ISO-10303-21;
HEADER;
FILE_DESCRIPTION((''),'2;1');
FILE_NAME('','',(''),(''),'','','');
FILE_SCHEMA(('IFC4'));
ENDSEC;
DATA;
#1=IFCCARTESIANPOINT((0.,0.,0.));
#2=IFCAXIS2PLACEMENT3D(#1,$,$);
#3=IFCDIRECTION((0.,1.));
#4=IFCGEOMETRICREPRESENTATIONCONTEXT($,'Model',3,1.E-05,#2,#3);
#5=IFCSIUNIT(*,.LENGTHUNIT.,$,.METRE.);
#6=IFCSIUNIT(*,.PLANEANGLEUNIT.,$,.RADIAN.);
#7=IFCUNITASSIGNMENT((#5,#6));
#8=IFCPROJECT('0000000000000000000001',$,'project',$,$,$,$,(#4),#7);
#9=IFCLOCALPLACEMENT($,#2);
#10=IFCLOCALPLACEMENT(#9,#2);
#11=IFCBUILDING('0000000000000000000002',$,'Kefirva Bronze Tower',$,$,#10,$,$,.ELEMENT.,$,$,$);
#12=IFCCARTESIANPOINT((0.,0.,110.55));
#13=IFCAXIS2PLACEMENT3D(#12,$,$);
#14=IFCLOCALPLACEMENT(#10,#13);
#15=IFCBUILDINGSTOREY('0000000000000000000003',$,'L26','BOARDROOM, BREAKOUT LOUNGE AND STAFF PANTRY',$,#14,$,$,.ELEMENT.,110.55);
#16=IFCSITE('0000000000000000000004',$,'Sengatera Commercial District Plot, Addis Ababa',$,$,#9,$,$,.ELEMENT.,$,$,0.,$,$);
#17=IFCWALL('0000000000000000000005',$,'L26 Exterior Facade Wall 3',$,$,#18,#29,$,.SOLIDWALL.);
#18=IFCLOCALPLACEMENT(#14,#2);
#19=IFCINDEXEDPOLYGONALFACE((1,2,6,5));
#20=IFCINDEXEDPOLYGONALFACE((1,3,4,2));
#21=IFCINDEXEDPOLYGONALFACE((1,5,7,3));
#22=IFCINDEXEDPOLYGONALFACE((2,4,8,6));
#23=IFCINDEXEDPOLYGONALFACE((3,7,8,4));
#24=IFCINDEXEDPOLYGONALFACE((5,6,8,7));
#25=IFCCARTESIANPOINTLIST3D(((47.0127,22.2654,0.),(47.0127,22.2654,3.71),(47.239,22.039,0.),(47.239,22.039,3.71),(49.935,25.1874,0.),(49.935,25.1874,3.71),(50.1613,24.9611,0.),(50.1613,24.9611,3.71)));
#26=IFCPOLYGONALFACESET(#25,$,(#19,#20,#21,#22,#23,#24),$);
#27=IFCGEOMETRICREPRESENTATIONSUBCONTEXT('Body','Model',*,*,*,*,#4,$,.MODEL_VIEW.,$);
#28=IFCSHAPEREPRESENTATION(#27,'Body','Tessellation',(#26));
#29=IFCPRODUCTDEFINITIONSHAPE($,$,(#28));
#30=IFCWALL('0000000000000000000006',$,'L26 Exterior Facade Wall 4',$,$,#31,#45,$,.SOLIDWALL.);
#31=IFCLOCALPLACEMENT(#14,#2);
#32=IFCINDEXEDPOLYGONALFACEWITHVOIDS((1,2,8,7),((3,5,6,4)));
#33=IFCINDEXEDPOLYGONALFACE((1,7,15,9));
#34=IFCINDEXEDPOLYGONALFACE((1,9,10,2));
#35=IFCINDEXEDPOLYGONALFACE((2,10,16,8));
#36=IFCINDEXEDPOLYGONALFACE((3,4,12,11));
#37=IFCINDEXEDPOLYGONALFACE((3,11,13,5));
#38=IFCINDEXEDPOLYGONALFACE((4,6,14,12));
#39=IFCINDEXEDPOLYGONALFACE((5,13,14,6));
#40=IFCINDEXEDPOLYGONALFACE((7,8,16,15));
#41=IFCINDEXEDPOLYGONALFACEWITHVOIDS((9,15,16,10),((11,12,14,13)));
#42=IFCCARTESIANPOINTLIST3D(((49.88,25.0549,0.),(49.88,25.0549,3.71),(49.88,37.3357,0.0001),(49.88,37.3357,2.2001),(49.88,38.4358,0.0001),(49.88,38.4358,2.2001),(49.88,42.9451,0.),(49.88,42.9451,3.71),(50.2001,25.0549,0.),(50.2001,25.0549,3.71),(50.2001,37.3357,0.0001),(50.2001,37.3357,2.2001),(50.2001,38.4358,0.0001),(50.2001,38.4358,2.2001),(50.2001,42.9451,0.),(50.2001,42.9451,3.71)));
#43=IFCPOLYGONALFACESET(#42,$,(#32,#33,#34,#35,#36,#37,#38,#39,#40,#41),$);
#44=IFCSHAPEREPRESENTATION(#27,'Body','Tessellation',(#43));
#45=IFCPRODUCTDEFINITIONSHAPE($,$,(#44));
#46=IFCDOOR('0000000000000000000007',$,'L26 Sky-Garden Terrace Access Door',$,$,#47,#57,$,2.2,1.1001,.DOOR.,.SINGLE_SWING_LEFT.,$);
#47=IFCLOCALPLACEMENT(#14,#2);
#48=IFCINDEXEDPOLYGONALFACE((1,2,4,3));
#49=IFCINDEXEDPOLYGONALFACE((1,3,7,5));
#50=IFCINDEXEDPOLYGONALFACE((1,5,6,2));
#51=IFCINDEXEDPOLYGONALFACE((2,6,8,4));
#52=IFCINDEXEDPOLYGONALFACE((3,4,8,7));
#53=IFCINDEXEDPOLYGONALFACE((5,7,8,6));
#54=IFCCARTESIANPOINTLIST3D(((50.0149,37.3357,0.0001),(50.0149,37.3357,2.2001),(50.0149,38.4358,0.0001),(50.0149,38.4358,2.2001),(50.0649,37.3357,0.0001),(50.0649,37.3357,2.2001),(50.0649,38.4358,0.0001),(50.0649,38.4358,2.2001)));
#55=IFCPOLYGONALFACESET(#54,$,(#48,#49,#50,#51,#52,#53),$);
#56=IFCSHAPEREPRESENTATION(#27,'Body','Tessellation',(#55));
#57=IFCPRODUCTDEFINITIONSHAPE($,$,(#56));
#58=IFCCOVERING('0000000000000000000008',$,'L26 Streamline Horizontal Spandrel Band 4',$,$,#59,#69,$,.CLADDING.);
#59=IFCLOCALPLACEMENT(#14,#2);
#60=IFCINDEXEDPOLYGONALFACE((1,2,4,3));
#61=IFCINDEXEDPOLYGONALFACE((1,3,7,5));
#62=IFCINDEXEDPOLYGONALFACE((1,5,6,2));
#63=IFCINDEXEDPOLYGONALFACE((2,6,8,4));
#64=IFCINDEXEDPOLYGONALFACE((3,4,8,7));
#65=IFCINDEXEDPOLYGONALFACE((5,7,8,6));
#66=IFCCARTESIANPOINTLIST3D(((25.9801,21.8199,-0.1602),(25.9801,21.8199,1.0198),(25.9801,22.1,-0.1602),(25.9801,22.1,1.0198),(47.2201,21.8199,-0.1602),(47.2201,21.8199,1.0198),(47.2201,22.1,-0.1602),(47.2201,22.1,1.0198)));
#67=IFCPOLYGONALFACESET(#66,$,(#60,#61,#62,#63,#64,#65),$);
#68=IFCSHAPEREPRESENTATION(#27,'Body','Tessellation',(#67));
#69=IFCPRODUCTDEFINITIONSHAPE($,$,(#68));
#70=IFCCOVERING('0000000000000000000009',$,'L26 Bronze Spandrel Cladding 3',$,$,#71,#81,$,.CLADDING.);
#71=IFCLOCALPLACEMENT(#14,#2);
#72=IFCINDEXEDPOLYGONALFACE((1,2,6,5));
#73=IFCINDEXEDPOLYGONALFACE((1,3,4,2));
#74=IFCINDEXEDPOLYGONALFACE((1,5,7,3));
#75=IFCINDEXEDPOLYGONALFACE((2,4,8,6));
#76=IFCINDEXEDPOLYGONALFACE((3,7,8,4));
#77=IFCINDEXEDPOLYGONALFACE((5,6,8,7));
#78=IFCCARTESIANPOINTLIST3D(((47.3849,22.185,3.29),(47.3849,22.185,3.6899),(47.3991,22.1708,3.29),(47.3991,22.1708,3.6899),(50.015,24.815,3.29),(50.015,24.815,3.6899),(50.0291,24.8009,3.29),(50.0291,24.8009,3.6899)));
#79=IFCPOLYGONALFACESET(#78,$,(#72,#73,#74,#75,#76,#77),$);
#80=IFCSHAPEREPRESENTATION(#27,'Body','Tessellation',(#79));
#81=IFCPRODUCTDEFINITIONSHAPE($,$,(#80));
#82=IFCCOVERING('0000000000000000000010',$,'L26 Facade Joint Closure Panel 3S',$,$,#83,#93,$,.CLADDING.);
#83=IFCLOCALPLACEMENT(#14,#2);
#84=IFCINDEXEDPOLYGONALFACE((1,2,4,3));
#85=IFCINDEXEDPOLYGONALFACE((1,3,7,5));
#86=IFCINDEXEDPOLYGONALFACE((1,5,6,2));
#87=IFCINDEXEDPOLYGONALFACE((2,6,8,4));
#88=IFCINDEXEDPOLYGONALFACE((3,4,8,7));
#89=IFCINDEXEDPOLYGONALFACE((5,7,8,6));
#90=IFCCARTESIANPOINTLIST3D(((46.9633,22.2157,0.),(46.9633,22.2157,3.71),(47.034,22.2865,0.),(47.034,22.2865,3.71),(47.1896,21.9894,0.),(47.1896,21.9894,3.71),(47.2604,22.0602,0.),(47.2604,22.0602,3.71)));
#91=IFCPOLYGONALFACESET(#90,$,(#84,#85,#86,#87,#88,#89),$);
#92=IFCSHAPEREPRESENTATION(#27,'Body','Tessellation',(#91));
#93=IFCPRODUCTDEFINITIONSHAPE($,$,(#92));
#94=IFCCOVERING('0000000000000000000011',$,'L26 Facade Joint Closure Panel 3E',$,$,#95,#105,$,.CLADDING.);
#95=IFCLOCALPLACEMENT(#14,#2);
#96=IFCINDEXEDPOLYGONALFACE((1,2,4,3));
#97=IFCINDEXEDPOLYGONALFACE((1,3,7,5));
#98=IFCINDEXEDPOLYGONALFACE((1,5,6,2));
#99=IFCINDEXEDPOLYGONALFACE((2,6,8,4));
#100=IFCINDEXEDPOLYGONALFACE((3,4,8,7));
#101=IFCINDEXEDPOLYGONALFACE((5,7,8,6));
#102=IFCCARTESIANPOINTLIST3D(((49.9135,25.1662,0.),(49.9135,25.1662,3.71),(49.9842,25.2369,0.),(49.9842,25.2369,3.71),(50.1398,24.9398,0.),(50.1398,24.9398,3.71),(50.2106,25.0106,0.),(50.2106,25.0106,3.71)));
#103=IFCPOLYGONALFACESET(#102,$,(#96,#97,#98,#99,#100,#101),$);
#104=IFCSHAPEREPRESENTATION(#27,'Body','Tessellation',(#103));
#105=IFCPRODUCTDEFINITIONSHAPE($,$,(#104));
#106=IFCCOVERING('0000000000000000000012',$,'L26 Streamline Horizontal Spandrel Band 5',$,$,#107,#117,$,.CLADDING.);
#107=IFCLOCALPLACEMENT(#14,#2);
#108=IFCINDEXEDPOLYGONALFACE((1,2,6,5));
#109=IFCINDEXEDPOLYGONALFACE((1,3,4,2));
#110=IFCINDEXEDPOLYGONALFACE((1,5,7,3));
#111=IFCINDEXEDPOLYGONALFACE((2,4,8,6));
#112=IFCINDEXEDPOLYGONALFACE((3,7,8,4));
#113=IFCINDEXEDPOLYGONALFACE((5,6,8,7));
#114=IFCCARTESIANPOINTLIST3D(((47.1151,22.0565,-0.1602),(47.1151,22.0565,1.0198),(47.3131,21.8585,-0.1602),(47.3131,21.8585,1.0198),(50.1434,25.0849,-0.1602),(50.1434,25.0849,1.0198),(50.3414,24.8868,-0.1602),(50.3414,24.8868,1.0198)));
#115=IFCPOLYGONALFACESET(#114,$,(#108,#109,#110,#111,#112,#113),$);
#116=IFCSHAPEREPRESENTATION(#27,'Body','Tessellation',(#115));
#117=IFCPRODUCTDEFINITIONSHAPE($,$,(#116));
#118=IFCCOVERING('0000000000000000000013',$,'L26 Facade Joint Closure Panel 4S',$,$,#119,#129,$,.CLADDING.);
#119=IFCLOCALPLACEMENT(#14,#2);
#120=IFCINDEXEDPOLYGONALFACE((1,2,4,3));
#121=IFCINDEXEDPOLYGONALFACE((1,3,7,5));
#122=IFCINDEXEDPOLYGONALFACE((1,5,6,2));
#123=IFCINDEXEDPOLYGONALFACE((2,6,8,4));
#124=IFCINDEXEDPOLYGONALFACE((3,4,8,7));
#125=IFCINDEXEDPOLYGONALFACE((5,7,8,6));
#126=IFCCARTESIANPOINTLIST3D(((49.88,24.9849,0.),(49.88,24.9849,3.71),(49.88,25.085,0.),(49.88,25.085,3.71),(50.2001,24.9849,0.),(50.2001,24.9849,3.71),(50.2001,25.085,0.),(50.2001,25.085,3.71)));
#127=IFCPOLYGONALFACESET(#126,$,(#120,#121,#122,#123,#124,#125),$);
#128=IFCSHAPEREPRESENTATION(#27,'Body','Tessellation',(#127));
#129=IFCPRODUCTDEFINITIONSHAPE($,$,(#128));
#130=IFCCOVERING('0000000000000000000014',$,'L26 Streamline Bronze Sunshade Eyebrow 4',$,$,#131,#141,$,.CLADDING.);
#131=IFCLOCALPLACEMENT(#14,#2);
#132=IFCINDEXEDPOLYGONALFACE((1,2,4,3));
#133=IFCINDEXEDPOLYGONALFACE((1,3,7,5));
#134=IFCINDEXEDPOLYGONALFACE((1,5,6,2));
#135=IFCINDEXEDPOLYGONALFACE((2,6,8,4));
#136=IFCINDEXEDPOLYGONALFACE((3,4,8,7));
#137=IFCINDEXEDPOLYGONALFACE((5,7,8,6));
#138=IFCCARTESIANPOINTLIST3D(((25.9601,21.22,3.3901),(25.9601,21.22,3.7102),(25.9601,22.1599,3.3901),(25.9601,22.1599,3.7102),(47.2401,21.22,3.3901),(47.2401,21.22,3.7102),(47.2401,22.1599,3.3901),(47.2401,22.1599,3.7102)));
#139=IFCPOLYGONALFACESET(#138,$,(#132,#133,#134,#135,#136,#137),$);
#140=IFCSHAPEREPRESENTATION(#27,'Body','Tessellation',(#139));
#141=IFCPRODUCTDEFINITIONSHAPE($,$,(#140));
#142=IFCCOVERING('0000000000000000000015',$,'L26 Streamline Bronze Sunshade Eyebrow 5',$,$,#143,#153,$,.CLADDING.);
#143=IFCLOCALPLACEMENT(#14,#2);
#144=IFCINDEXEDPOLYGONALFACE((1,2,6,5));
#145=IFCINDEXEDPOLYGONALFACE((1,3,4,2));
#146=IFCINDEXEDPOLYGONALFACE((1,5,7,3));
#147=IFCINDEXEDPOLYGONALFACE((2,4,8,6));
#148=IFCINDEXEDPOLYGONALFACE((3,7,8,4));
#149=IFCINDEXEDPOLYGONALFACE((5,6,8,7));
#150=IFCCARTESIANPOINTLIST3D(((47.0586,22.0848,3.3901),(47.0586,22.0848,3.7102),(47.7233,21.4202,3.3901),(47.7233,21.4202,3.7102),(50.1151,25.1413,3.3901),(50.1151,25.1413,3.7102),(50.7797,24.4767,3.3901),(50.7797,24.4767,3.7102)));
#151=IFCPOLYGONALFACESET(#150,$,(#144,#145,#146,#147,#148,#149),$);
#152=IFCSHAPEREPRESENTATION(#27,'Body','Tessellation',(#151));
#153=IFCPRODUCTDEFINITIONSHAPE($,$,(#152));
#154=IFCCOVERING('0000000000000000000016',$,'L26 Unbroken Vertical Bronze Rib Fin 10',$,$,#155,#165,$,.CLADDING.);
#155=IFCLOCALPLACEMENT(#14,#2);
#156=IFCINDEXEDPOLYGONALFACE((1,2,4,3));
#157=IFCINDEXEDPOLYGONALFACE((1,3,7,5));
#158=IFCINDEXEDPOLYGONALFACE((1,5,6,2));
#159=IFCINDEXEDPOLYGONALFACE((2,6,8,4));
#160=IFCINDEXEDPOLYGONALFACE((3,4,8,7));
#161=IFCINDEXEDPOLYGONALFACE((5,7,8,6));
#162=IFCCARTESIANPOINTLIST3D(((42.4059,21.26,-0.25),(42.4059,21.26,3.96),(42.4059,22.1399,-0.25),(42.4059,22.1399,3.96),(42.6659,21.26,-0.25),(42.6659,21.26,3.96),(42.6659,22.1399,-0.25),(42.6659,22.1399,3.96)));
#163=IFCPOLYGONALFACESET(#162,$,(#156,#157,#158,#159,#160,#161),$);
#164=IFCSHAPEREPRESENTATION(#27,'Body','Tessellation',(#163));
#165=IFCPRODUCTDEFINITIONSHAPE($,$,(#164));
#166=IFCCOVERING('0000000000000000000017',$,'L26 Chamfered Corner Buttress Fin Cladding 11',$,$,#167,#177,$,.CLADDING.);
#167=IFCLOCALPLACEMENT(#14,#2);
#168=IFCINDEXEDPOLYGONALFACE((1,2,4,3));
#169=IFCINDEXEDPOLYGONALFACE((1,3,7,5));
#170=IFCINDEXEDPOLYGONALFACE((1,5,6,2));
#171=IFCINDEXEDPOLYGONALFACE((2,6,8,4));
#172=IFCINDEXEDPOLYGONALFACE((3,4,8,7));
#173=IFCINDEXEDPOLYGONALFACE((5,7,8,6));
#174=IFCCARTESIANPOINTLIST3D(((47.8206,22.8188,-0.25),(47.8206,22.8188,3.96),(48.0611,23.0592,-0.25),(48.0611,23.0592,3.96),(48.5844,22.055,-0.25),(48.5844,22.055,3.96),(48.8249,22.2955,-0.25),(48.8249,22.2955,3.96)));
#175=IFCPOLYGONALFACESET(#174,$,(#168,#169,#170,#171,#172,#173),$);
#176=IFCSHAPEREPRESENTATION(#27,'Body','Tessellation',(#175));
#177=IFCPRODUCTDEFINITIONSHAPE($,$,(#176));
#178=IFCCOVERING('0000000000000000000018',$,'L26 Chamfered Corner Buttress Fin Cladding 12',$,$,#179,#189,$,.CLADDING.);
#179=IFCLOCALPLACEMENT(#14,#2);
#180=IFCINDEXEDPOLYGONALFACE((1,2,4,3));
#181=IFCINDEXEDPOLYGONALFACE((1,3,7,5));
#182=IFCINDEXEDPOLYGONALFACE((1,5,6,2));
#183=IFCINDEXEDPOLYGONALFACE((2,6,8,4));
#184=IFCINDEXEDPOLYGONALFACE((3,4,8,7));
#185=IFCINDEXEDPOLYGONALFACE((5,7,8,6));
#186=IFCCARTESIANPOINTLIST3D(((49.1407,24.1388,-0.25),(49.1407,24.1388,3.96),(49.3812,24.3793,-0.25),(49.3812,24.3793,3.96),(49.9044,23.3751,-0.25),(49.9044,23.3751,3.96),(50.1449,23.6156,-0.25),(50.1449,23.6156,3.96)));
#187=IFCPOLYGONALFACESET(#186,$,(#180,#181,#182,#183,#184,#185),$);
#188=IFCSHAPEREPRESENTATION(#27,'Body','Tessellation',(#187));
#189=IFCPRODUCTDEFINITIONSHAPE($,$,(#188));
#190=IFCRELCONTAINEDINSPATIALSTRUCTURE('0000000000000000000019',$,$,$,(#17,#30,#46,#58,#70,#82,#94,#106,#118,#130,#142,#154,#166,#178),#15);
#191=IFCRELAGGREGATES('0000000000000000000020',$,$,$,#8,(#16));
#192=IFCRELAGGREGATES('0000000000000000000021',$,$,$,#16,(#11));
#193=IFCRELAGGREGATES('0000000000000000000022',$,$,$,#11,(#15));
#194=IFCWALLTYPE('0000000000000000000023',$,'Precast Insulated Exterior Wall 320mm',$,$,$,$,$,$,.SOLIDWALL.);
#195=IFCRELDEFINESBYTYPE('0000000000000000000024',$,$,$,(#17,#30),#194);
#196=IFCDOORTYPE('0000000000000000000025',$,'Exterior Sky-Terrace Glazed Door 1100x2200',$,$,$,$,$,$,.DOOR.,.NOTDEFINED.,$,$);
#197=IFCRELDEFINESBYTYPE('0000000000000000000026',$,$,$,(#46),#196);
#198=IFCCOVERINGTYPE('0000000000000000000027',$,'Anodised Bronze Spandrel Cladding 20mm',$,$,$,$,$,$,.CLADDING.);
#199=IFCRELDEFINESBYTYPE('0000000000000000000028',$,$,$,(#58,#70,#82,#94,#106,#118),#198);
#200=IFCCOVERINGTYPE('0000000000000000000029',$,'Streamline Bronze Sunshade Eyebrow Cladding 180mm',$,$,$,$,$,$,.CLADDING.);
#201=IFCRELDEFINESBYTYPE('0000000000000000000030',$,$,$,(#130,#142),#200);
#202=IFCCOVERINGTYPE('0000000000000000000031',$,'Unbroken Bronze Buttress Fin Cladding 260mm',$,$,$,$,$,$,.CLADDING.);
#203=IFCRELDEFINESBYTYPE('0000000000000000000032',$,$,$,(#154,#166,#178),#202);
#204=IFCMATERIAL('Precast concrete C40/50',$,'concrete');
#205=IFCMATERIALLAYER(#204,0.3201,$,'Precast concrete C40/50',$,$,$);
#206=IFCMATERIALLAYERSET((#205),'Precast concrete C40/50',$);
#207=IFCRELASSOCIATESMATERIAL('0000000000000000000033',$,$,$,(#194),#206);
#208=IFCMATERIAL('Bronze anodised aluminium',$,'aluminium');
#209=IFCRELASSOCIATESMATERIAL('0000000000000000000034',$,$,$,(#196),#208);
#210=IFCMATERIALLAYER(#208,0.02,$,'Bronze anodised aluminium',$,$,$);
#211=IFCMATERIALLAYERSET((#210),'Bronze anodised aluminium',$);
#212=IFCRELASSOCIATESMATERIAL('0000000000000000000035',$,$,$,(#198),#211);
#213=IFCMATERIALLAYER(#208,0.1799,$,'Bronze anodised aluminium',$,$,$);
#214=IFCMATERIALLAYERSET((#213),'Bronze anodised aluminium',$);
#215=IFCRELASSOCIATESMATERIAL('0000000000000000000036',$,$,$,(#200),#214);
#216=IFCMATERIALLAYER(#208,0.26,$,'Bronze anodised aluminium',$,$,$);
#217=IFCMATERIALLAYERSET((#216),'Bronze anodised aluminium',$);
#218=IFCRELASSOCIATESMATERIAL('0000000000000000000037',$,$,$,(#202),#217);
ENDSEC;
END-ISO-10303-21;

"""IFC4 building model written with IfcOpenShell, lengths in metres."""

from ifc_helpers import new_model, si_unit, direction, frame, frame_2d, origin, origin_2d, place, context, subcontext, project, spatial, rectangle, extrude, material, layer, layer_set, type_object, element, fill, save


model = new_model("IFC4")

# Units and contexts
model_context = context("Model", 3, precision=1e-05, world=origin(), true_north=direction((0.0, 1.0)))
body_context = subcontext(model_context, "Body", "Model", "MODEL_VIEW")
ifc_project = project(units=[si_unit("LENGTHUNIT", "METRE"), si_unit("PLANEANGLEUNIT", "RADIAN")], contexts=[model_context])

# Site, building, storey
site_placement = place(None, origin())
site = spatial("IfcSite", under=ifc_project, at=site_placement, Name="Sengatera Commercial District Plot, Addis Ababa", CompositionType="ELEMENT", RefElevation=0.0)
building_placement = place(site_placement, origin())
building = spatial("IfcBuilding", under=site, at=building_placement, Name="Kefirva Bronze Tower", CompositionType="ELEMENT")
storey_placement = place(building_placement, frame((0.0, 0.0, 110.55)))
storey = spatial("IfcBuildingStorey", under=building, at=storey_placement, Name="L26", Description="BOARDROOM, BREAKOUT LOUNGE AND STAFF PANTRY", CompositionType="ELEMENT", Elevation=110.55)

# Shared definitions
ifc_material_1 = material(Name="Bronze anodised aluminium", Category="aluminium")

# Wall
ifc_material_2 = material(Name="Precast concrete C40/50", Category="concrete")
ifc_layer_1 = layer(ifc_material_2, 0.3201, Name="Precast concrete C40/50")
ifc_layer_set_1 = layer_set([ifc_layer_1], Name="Precast concrete C40/50")
wall_type_1 = type_object("IfcWallType", Name="Precast Insulated Exterior Wall 320mm", PredefinedType="SOLIDWALL", material=ifc_layer_set_1)
wall_1_placement = place(storey_placement, frame((47.1257, 22.1521, 0.0), z_axis=(0.0, 0.0, 1.0), x_axis=(0.707136, 0.707077, 0.0)))
element("IfcWall", 1, at=wall_1_placement, inside=storey, type_object=wall_type_1, Name="L26 Exterior Facade Wall 3", PredefinedType="SOLIDWALL", context=body_context, shape_type="SweptSolid", body=[
    extrude(rectangle(XDim=4.1326, YDim=0.3201, at=frame_2d((2.0664, 0.0))), origin(), (0.0, 0.0, 1.0), 3.71),
])

# Wall, opening, door
wall_2_placement = place(storey_placement, frame((50.04, 25.0549, 0.0), z_axis=(0.0, 0.0, 1.0), x_axis=(0.0, 1.0, 0.0)))
wall_2 = element("IfcWall", 2, at=wall_2_placement, inside=storey, type_object=wall_type_1, Name="L26 Exterior Facade Wall 4", PredefinedType="SOLIDWALL", context=body_context, shape_type="SweptSolid", body=[
    extrude(rectangle(XDim=17.8901, YDim=0.3201, at=frame_2d((8.9451, 0.0))), origin(), (0.0, 0.0, 1.0), 3.71),
])
opening_placement = place(wall_2_placement, frame((13.3809, 0.0, 0.0), z_axis=(0.0, 0.0, 1.0), x_axis=(-1.0, 0.0, 0.0)))
opening = element("IfcOpeningElement", 3, at=opening_placement, cuts=wall_2, PredefinedType="OPENING", context=body_context, shape_type="SweptSolid", body=[
    extrude(rectangle(XDim=1.1001, YDim=2.2, at=frame_2d((0.55, 1.1001))), frame((0.0, 0.1699, 0.0), z_axis=(0.0, -1.0, 0.0), x_axis=(1.0, 0.0, 0.0)), (0.0, 0.0, 1.0), 0.3401),
])
door_type = type_object("IfcDoorType", Name="Exterior Sky-Terrace Glazed Door 1100x2200", OperationType="NOTDEFINED", PredefinedType="DOOR", material=ifc_material_1)
door_placement = place(opening_placement, origin())
door = element("IfcDoor", 4, at=door_placement, inside=storey, type_object=door_type, Name="L26 Sky-Garden Terrace Access Door", OperationType="SINGLE_SWING_LEFT", OverallHeight=2.2, OverallWidth=1.1001, PredefinedType="DOOR", context=body_context, shape_type="SweptSolid", body=[
    extrude(rectangle(XDim=1.1001, YDim=2.2, at=frame_2d((0.55, 1.1001))), frame((0.0, 0.0249, 0.0), z_axis=(0.0, -1.0, 0.0), x_axis=(1.0, 0.0, 0.0)), (0.0, 0.0, 1.0), 0.05),
])
fill(opening, door)

# Coverings
ifc_layer_2 = layer(ifc_material_1, 0.02, Name="Bronze anodised aluminium")
ifc_layer_set_2 = layer_set([ifc_layer_2], Name="Bronze anodised aluminium")
covering_type_1 = type_object("IfcCoveringType", Name="Anodised Bronze Spandrel Cladding 20mm", PredefinedType="CLADDING", material=ifc_layer_set_2)
covering_1_placement = place(storey_placement, frame((36.6001, 21.96, -0.1602), z_axis=(0.0, 0.0, 1.0), x_axis=(1.0, 0.0, 0.0)))
element("IfcCovering", 5, at=covering_1_placement, inside=storey, type_object=covering_type_1, Name="L26 Streamline Horizontal Spandrel Band 4", PredefinedType="CLADDING", context=body_context, shape_type="SweptSolid", body=[
    extrude(rectangle(XDim=21.24, YDim=0.28, at=origin_2d()), origin(), (0.0, 0.0, 1.0), 1.1799),
])
covering_2_placement = place(storey_placement, frame((48.707, 23.4929, 3.29), z_axis=(0.0, 0.0, 1.0), x_axis=(0.707107, 0.707107, 0.0)))
element("IfcCovering", 6, at=covering_2_placement, inside=storey, type_object=covering_type_1, Name="L26 Bronze Spandrel Cladding 3", PredefinedType="CLADDING", context=body_context, shape_type="SweptSolid", body=[
    extrude(rectangle(XDim=3.7195, YDim=0.02, at=origin_2d()), origin(), (0.0, 0.0, 1.0), 0.3999),
])
for number, where, z_axis, x_axis, name in (
    (7, (47.1118, 22.1379, 0.0), (0.0, 0.0, 1.0), (0.707107, 0.707107, 0.0), "L26 Facade Joint Closure Panel 3S"),
    (8, (50.062, 25.0884, 0.0), (0.0, 0.0, 1.0), (0.707107, 0.707107, 0.0), "L26 Facade Joint Closure Panel 3E"),
):
    element("IfcCovering", number, at=place(storey_placement, frame(where, z_axis=z_axis, x_axis=x_axis)), inside=storey, type_object=covering_type_1, Name=name, PredefinedType="CLADDING", context=body_context, shape_type="SweptSolid", body=[
        extrude(rectangle(XDim=0.1001, YDim=0.3201, at=origin_2d()), origin(), (0.0, 0.0, 1.0), 3.71),
    ])
covering_3_placement = place(storey_placement, frame((48.7283, 23.4717, -0.1602), z_axis=(0.0, 0.0, 1.0), x_axis=(0.707107, 0.707107, 0.0)))
element("IfcCovering", 9, at=covering_3_placement, inside=storey, type_object=covering_type_1, Name="L26 Streamline Horizontal Spandrel Band 5", PredefinedType="CLADDING", context=body_context, shape_type="SweptSolid", body=[
    extrude(rectangle(XDim=4.2827, YDim=0.28, at=origin_2d()), origin(), (0.0, 0.0, 1.0), 1.1799),
])
covering_4_placement = place(storey_placement, frame((50.04, 25.0349, 0.0), z_axis=(0.0, 0.0, 1.0), x_axis=(0.0, 1.0, 0.0)))
element("IfcCovering", 10, at=covering_4_placement, inside=storey, type_object=covering_type_1, Name="L26 Facade Joint Closure Panel 4S", PredefinedType="CLADDING", context=body_context, shape_type="SweptSolid", body=[
    extrude(rectangle(XDim=0.1001, YDim=0.3201, at=origin_2d()), origin(), (0.0, 0.0, 1.0), 3.71),
])

# Coverings
ifc_layer_3 = layer(ifc_material_1, 0.1799, Name="Bronze anodised aluminium")
ifc_layer_set_3 = layer_set([ifc_layer_3], Name="Bronze anodised aluminium")
covering_type_2 = type_object("IfcCoveringType", Name="Streamline Bronze Sunshade Eyebrow Cladding 180mm", PredefinedType="CLADDING", material=ifc_layer_set_3)
covering_5_placement = place(storey_placement, frame((36.6001, 21.6899, 3.3901), z_axis=(0.0, 0.0, 1.0), x_axis=(1.0, 0.0, 0.0)))
element("IfcCovering", 11, at=covering_5_placement, inside=storey, type_object=covering_type_2, Name="L26 Streamline Bronze Sunshade Eyebrow 4", PredefinedType="CLADDING", context=body_context, shape_type="SweptSolid", body=[
    extrude(rectangle(XDim=21.28, YDim=0.9399, at=origin_2d()), origin(), (0.0, 0.0, 1.0), 0.3201),
])
covering_6_placement = place(storey_placement, frame((48.9192, 23.2808, 3.3901), z_axis=(0.0, 0.0, 1.0), x_axis=(0.707107, 0.707107, 0.0)))
element("IfcCovering", 12, at=covering_6_placement, inside=storey, type_object=covering_type_2, Name="L26 Streamline Bronze Sunshade Eyebrow 5", PredefinedType="CLADDING", context=body_context, shape_type="SweptSolid", body=[
    extrude(rectangle(XDim=4.3225, YDim=0.9399, at=origin_2d()), origin(), (0.0, 0.0, 1.0), 0.3201),
])
ifc_layer_4 = layer(ifc_material_1, 0.26, Name="Bronze anodised aluminium")
ifc_layer_set_4 = layer_set([ifc_layer_4], Name="Bronze anodised aluminium")
covering_type_3 = type_object("IfcCoveringType", Name="Unbroken Bronze Buttress Fin Cladding 260mm", PredefinedType="CLADDING", material=ifc_layer_set_4)
covering_7_placement = place(storey_placement, frame((42.5359, 21.7, -0.25), z_axis=(0.0, 0.0, 1.0), x_axis=(1.0, 0.0, 0.0)))
element("IfcCovering", 13, at=covering_7_placement, inside=storey, type_object=covering_type_3, Name="L26 Unbroken Vertical Bronze Rib Fin 10", PredefinedType="CLADDING", context=body_context, shape_type="SweptSolid", body=[
    extrude(rectangle(XDim=0.26, YDim=0.8799, at=origin_2d()), origin(), (0.0, 0.0, 1.0), 4.21),
])
for number, where, z_axis, x_axis, name in (
    (14, (48.3228, 22.5571, -0.25), (0.0, 0.0, 1.0), (0.707107, 0.707107, 0.0), "L26 Chamfered Corner Buttress Fin Cladding 11"),
    (15, (49.6428, 23.8772, -0.25), (0.0, 0.0, 1.0), (0.707107, 0.707107, 0.0), "L26 Chamfered Corner Buttress Fin Cladding 12"),
):
    element("IfcCovering", number, at=place(storey_placement, frame(where, z_axis=z_axis, x_axis=x_axis)), inside=storey, type_object=covering_type_3, Name=name, PredefinedType="CLADDING", context=body_context, shape_type="SweptSolid", body=[
        extrude(rectangle(XDim=0.3401, YDim=1.0801, at=origin_2d()), origin(), (0.0, 0.0, 1.0), 4.21),
    ])

save(model, "model.ifc")
